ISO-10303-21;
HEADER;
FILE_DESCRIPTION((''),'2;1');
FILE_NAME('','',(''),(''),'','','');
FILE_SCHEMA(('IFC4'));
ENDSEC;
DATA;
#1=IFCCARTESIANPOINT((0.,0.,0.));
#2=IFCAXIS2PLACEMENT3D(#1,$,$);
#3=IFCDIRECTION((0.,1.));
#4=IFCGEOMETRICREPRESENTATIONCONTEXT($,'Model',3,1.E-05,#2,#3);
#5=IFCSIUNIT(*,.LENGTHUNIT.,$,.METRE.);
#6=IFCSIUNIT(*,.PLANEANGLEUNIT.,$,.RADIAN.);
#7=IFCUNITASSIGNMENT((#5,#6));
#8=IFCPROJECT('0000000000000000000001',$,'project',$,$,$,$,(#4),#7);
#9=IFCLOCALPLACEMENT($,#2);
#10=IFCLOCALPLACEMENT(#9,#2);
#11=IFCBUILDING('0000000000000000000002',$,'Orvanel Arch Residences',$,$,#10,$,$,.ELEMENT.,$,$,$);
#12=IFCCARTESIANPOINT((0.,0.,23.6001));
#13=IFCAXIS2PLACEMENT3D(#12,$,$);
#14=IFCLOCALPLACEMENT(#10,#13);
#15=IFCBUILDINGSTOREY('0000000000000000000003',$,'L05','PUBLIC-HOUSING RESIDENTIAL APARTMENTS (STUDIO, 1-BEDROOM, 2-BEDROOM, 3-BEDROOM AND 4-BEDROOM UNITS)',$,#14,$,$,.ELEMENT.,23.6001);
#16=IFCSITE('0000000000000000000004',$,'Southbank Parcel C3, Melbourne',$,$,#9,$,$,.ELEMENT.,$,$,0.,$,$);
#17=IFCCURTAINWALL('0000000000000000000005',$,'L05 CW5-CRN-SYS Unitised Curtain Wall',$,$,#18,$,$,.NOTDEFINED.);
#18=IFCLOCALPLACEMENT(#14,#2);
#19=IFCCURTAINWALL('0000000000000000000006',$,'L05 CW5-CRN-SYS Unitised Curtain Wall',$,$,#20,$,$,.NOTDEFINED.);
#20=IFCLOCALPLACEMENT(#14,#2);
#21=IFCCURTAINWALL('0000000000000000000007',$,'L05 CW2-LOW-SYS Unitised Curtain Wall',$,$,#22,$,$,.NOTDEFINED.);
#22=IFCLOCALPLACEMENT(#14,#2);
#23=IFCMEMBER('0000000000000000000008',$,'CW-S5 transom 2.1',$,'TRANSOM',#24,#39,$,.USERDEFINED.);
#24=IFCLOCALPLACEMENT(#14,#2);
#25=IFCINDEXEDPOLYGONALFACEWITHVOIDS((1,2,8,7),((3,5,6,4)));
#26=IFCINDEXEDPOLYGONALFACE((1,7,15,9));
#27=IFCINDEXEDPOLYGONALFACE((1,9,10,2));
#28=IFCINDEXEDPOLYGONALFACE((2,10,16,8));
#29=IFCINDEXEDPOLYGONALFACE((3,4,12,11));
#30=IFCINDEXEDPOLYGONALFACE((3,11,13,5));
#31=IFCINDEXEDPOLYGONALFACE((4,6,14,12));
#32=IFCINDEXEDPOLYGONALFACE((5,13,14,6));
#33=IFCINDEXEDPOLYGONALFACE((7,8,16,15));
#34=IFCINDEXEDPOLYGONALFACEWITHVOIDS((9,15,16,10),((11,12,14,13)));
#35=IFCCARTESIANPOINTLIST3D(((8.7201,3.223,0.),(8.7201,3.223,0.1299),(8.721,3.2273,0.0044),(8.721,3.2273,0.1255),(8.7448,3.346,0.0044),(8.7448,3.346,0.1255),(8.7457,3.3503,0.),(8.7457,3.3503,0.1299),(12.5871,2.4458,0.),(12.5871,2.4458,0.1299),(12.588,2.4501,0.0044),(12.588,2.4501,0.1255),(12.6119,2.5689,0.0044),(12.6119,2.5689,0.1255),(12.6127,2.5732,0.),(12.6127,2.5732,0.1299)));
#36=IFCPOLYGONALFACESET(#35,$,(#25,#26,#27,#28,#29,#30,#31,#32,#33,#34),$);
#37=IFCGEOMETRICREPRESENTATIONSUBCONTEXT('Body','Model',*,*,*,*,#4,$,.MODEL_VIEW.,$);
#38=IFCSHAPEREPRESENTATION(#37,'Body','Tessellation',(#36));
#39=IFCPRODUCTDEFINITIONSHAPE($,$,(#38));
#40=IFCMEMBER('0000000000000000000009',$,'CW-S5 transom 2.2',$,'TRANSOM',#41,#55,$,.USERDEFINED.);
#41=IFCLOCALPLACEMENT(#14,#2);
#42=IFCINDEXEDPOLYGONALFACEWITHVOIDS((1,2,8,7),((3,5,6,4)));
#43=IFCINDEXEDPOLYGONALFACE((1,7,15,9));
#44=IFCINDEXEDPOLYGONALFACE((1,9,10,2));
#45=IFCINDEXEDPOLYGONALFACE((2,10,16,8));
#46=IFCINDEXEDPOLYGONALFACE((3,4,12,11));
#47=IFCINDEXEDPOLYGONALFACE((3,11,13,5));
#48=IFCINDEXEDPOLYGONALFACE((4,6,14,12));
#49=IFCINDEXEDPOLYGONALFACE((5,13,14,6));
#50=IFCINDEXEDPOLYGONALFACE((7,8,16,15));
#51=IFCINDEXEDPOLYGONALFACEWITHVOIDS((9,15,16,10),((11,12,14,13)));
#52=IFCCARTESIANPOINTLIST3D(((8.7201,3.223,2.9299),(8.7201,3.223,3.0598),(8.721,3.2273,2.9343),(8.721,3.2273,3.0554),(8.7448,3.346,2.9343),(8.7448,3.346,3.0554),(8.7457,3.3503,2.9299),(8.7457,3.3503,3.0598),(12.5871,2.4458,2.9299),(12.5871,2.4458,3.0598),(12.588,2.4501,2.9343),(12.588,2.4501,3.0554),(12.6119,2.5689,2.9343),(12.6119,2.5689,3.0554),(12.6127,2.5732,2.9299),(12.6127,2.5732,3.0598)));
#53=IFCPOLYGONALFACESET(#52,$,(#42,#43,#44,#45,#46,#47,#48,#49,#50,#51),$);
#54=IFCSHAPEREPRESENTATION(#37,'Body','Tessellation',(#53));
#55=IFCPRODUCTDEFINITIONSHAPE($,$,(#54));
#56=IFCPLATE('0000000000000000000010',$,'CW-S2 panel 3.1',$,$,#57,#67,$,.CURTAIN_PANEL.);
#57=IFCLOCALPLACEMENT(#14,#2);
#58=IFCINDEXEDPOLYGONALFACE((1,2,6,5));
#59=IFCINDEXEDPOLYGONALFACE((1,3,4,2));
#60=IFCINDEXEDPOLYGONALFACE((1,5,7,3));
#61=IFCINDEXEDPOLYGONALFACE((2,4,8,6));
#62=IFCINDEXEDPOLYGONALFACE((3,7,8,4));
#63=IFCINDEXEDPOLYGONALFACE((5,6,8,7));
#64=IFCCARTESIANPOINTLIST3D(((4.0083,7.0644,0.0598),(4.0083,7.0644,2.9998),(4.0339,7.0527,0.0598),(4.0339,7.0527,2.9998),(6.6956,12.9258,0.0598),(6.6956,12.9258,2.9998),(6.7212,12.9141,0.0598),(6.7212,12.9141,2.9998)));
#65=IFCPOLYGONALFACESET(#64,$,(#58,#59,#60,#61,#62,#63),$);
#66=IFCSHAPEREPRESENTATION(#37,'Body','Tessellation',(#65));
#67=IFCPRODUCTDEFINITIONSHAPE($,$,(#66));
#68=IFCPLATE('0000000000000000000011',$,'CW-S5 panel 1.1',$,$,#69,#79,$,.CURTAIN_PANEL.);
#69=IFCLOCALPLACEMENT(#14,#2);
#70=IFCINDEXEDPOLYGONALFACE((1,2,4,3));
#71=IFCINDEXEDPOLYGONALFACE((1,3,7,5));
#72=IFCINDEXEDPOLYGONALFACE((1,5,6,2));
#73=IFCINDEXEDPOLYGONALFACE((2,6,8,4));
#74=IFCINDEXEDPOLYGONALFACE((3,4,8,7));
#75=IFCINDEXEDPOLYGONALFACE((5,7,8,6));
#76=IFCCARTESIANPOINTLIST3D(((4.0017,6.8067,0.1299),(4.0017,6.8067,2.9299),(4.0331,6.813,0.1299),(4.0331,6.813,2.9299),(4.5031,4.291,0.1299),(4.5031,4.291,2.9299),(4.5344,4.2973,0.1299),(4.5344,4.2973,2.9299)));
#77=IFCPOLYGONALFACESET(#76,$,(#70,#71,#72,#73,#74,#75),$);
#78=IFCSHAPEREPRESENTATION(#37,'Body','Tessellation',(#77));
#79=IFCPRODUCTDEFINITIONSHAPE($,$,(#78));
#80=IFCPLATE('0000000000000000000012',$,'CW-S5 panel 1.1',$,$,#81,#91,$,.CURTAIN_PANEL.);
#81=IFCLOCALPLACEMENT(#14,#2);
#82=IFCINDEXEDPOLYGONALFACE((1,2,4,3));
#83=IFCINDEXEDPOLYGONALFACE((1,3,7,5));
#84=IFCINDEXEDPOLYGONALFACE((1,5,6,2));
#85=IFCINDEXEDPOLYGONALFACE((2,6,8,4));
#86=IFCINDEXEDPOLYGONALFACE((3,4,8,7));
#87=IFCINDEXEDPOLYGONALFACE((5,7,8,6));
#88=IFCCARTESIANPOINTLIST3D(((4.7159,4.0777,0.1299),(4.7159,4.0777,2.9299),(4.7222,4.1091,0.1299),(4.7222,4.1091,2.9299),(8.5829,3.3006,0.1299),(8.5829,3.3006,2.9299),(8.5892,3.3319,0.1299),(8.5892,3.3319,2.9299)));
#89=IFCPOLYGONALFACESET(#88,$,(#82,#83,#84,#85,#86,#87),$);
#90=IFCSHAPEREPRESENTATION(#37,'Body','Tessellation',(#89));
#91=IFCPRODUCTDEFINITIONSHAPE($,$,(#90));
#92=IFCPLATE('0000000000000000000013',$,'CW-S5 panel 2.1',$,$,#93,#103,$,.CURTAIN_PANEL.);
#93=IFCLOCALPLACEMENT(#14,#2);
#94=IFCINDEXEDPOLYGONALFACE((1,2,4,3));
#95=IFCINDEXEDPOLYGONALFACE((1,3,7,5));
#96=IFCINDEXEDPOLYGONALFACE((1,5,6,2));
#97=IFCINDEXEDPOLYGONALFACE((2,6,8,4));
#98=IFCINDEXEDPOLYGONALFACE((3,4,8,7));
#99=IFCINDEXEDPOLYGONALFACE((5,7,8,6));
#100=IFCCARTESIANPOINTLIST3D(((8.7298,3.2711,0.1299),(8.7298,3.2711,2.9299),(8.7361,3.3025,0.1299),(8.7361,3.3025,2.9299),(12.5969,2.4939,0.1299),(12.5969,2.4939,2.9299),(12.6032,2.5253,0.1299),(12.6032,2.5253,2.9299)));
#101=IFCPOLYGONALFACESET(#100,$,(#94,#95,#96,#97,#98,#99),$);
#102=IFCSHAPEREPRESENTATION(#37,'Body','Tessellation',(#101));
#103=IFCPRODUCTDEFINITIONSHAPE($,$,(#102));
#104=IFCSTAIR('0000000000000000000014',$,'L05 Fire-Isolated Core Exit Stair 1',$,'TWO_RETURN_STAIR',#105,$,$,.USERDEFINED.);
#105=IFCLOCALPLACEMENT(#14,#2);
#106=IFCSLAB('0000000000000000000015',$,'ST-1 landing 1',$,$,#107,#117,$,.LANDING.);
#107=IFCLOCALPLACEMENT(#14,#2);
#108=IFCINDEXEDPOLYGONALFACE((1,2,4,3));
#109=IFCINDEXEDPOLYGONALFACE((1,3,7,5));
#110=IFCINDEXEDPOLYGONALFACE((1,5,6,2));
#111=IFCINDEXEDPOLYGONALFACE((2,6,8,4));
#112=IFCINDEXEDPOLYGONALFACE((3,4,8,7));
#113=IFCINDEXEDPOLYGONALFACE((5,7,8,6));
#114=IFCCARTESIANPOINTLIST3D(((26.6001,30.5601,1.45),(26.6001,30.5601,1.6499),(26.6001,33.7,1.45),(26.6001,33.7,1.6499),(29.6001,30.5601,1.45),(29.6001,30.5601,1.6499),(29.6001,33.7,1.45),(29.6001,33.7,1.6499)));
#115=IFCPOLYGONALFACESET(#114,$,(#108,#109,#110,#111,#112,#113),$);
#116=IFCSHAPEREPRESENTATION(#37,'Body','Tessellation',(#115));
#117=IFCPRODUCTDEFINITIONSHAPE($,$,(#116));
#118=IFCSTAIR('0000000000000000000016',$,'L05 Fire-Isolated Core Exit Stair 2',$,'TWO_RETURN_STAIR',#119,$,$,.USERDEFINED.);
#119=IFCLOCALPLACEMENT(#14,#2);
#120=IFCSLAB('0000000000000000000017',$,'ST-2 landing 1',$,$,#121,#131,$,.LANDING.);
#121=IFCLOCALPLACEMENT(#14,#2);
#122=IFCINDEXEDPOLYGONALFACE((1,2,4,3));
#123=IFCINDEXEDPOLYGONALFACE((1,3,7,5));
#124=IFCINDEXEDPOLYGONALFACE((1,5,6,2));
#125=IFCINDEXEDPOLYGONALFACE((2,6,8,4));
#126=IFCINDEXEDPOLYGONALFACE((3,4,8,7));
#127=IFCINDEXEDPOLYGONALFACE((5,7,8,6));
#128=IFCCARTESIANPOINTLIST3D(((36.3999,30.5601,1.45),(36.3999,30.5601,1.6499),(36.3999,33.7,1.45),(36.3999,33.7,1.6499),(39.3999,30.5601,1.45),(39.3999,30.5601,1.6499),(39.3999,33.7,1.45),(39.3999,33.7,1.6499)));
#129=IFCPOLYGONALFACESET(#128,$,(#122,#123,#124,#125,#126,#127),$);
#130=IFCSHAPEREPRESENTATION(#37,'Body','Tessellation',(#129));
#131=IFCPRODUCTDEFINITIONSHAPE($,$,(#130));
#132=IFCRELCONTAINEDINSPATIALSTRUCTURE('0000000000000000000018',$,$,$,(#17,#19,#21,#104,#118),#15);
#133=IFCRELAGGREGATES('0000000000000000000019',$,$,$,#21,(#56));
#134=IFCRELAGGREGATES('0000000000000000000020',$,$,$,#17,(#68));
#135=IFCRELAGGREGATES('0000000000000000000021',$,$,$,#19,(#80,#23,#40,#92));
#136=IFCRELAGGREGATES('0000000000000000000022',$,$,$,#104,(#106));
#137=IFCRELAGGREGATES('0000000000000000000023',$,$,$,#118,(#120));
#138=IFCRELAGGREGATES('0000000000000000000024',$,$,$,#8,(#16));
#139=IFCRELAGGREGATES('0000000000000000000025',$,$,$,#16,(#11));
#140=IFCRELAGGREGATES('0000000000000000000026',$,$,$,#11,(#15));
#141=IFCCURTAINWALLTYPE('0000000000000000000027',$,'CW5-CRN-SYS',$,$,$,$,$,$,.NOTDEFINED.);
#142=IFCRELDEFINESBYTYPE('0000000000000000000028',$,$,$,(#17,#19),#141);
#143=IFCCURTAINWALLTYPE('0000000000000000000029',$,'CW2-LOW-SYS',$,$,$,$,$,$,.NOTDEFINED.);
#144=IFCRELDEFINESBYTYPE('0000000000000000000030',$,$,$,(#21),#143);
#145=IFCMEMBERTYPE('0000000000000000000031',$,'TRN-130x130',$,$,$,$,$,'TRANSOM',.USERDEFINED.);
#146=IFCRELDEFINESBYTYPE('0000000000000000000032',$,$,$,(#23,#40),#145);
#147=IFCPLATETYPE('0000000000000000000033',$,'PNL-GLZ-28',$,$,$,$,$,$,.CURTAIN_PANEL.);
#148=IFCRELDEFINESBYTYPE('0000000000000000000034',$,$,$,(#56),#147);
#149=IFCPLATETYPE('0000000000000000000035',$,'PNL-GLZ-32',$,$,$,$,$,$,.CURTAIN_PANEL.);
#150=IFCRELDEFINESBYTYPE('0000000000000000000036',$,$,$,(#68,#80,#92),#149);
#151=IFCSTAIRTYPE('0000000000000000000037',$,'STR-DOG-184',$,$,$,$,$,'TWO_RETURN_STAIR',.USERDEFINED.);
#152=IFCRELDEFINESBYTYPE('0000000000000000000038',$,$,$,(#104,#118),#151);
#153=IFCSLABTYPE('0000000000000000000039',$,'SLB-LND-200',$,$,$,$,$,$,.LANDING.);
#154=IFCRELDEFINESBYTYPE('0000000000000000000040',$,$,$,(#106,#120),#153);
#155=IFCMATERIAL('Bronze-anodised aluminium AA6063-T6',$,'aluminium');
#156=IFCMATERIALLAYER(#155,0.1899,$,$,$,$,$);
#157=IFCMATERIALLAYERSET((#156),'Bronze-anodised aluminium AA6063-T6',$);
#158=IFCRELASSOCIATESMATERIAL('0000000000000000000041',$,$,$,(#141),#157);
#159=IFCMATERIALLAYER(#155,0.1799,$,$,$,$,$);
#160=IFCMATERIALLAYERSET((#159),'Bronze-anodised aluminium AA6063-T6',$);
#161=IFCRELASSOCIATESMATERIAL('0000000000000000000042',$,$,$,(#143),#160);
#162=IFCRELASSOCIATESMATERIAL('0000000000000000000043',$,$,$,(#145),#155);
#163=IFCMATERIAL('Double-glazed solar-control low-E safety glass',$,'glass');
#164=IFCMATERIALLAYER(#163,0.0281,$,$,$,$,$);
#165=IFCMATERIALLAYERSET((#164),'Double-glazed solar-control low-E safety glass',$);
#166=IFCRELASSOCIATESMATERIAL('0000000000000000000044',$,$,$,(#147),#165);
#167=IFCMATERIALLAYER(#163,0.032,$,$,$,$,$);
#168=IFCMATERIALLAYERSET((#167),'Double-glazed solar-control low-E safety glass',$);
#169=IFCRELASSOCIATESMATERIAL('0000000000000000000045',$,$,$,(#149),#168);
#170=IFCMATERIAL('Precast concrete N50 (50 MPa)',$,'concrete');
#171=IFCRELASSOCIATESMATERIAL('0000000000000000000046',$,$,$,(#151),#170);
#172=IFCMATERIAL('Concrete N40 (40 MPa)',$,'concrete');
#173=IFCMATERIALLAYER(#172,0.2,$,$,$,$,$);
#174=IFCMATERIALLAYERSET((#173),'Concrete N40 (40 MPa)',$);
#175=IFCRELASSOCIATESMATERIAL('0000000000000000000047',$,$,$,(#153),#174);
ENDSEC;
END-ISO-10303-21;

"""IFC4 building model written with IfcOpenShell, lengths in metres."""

from ifc_helpers import new_model, si_unit, direction, frame, origin, origin_2d, place, context, subcontext, project, spatial, polyline, rectangle, hollow_rectangle, outline, extrude, material, layer, layer_set, material_profile, profile_set, type_object, element, aggregate, save


model = new_model("IFC4")

# Units and contexts
model_context = context("Model", 3, precision=1e-05, world=origin(), true_north=direction((0.0, 1.0)))
body_context = subcontext(model_context, "Body", "Model", "MODEL_VIEW")
ifc_project = project(units=[si_unit("LENGTHUNIT", "METRE"), si_unit("PLANEANGLEUNIT", "RADIAN")], contexts=[model_context])

# Site, building, storey
site_placement = place(None, origin())
site = spatial("IfcSite", under=ifc_project, at=site_placement, Name="Southbank Parcel C3, Melbourne", CompositionType="ELEMENT", RefElevation=0.0)
building_placement = place(site_placement, origin())
building = spatial("IfcBuilding", under=site, at=building_placement, Name="Orvanel Arch Residences", CompositionType="ELEMENT")
storey_placement = place(building_placement, frame((0.0, 0.0, 23.6001)))
storey = spatial("IfcBuildingStorey", under=building, at=storey_placement, Name="L05", Description="PUBLIC-HOUSING RESIDENTIAL APARTMENTS (STUDIO, 1-BEDROOM, 2-BEDROOM, 3-BEDROOM AND 4-BEDROOM UNITS)", CompositionType="ELEMENT", Elevation=23.6001)

# Curtain walls
ifc_material_1 = material(Name="Bronze-anodised aluminium AA6063-T6", Category="aluminium")
ifc_layer_1 = layer(ifc_material_1, 0.1899)
ifc_layer_set_1 = layer_set([ifc_layer_1], Name="Bronze-anodised aluminium AA6063-T6")
curtain_wall_type_1 = type_object("IfcCurtainWallType", Name="CW5-CRN-SYS", PredefinedType="NOTDEFINED", material=ifc_layer_set_1)
curtain_wall_1_placement = place(storey_placement, origin())
curtain_wall_1 = element("IfcCurtainWall", 1, at=curtain_wall_1_placement, inside=storey, type_object=curtain_wall_type_1, Name="L05 CW5-CRN-SYS Unitised Curtain Wall", PredefinedType="NOTDEFINED")
curtain_wall_2_placement = place(storey_placement, origin())
curtain_wall_2 = element("IfcCurtainWall", 2, at=curtain_wall_2_placement, inside=storey, type_object=curtain_wall_type_1, Name="L05 CW5-CRN-SYS Unitised Curtain Wall", PredefinedType="NOTDEFINED")

# Curtain wall
ifc_layer_2 = layer(ifc_material_1, 0.1799)
ifc_layer_set_2 = layer_set([ifc_layer_2], Name="Bronze-anodised aluminium AA6063-T6")
curtain_wall_type_2 = type_object("IfcCurtainWallType", Name="CW2-LOW-SYS", PredefinedType="NOTDEFINED", material=ifc_layer_set_2)
curtain_wall_3_placement = place(storey_placement, origin())
curtain_wall_3 = element("IfcCurtainWall", 3, at=curtain_wall_3_placement, inside=storey, type_object=curtain_wall_type_2, Name="L05 CW2-LOW-SYS Unitised Curtain Wall", PredefinedType="NOTDEFINED")

# Members
ifc_material_profile_1 = material_profile(ifc_material_1, hollow_rectangle(XDim=0.1299, YDim=0.1299, WallThickness=0.0044, at=origin_2d()), Name="ALU130x130x4.5")
ifc_profile_set_1 = profile_set([ifc_material_profile_1], Name="Bronze-anodised aluminium AA6063-T6")
member_type_1 = type_object("IfcMemberType", Name="TRN-130x130", ElementType="TRANSOM", PredefinedType="USERDEFINED", material=ifc_profile_set_1)
member_1_placement = place(storey_placement, frame((8.7329, 3.2866, 0.0649), z_axis=(0.980399, -0.197021, 0.0), x_axis=(0.197021, 0.980399, 0.0)))
member_1 = element("IfcMember", 4, at=member_1_placement, type_object=member_type_1, Name="CW-S5 transom 2.1", ObjectType="TRANSOM", PredefinedType="USERDEFINED", context=body_context, shape_type="SweptSolid", body=[
    extrude(hollow_rectangle(XDim=0.1299, YDim=0.1299, WallThickness=0.0044, at=origin_2d()), origin(), (0.0, 0.0, 1.0), 3.9443),
])
member_2_placement = place(storey_placement, frame((8.7329, 3.2866, 2.9949), z_axis=(0.980399, -0.197021, 0.0), x_axis=(0.197021, 0.980399, 0.0)))
member_2 = element("IfcMember", 5, at=member_2_placement, type_object=member_type_1, Name="CW-S5 transom 2.2", ObjectType="TRANSOM", PredefinedType="USERDEFINED", context=body_context, shape_type="SweptSolid", body=[
    extrude(hollow_rectangle(XDim=0.1299, YDim=0.1299, WallThickness=0.0044, at=origin_2d()), origin(), (0.0, 0.0, 1.0), 3.9443),
])

# Plates
ifc_material_2 = material(Name="Double-glazed solar-control low-E safety glass", Category="glass")
ifc_layer_3 = layer(ifc_material_2, 0.0281)
ifc_layer_set_3 = layer_set([ifc_layer_3], Name="Double-glazed solar-control low-E safety glass")
plate_type_1 = type_object("IfcPlateType", Name="PNL-GLZ-28", PredefinedType="CURTAIN_PANEL", material=ifc_layer_set_3)
plate_1_placement = place(storey_placement, frame((5.3647, 9.9893, 0.0598), z_axis=(0.0, 0.0, 1.0), x_axis=(-0.416763, -0.909015, 0.0)))
plate_1 = element("IfcPlate", 6, at=plate_1_placement, type_object=plate_type_1, Name="CW-S2 panel 3.1", PredefinedType="CURTAIN_PANEL", context=body_context, shape_type="SweptSolid", body=[
    extrude(rectangle(XDim=6.448, YDim=0.0281, at=origin_2d()), origin(), (0.0, 0.0, 1.0), 2.9399),
])
aggregate(curtain_wall_3, [plate_1])
ifc_layer_4 = layer(ifc_material_2, 0.032)
ifc_layer_set_4 = layer_set([ifc_layer_4], Name="Double-glazed solar-control low-E safety glass")
plate_type_2 = type_object("IfcPlateType", Name="PNL-GLZ-32", PredefinedType="CURTAIN_PANEL", material=ifc_layer_set_4)
plate_2_placement = place(storey_placement, frame((4.2681, 5.552, 0.1299), z_axis=(0.0, 0.0, 1.0), x_axis=(0.195445, -0.980715, 0.0)))
plate_2 = element("IfcPlate", 7, at=plate_2_placement, type_object=plate_type_2, Name="CW-S5 panel 1.1", PredefinedType="CURTAIN_PANEL", context=body_context, shape_type="SweptSolid", body=[
    extrude(rectangle(XDim=2.5652, YDim=0.032, at=origin_2d()), origin(), (0.0, 0.0, 1.0), 2.8),
])
aggregate(curtain_wall_1, [plate_2])
plate_3_placement = place(storey_placement, frame((6.6526, 3.7048, 0.1299), z_axis=(0.0, 0.0, 1.0), x_axis=(0.980396, -0.197039, 0.0)))
plate_3 = element("IfcPlate", 8, at=plate_3_placement, type_object=plate_type_2, Name="CW-S5 panel 1.1", PredefinedType="CURTAIN_PANEL", context=body_context, shape_type="SweptSolid", body=[
    extrude(rectangle(XDim=3.9443, YDim=0.032, at=origin_2d()), origin(), (0.0, 0.0, 1.0), 2.8),
])
plate_4_placement = place(storey_placement, frame((10.6665, 2.8982, 0.1299), z_axis=(0.0, 0.0, 1.0), x_axis=(0.980396, -0.197039, 0.0)))
plate_4 = element("IfcPlate", 9, at=plate_4_placement, type_object=plate_type_2, Name="CW-S5 panel 2.1", PredefinedType="CURTAIN_PANEL", context=body_context, shape_type="SweptSolid", body=[
    extrude(rectangle(XDim=3.9443, YDim=0.032, at=origin_2d()), origin(), (0.0, 0.0, 1.0), 2.8),
])
aggregate(curtain_wall_2, [plate_3, member_1, member_2, plate_4])

# Stairs, slabs
ifc_material_3 = material(Name="Precast concrete N50 (50 MPa)", Category="concrete")
stair_type = type_object("IfcStairType", Name="STR-DOG-184", ElementType="TWO_RETURN_STAIR", PredefinedType="USERDEFINED", material=ifc_material_3)
stair_1_placement = place(storey_placement, origin())
stair_1 = element("IfcStair", 10, at=stair_1_placement, inside=storey, type_object=stair_type, Name="L05 Fire-Isolated Core Exit Stair 1", ObjectType="TWO_RETURN_STAIR", PredefinedType="USERDEFINED")
ifc_material_4 = material(Name="Concrete N40 (40 MPa)", Category="concrete")
ifc_layer_5 = layer(ifc_material_4, 0.2)
ifc_layer_set_5 = layer_set([ifc_layer_5], Name="Concrete N40 (40 MPa)")
slab_type_1 = type_object("IfcSlabType", Name="SLB-LND-200", PredefinedType="LANDING", material=ifc_layer_set_5)
slab_1_placement = place(storey_placement, frame((0.0, 0.0, 1.45)))
slab_1 = element("IfcSlab", 11, at=slab_1_placement, type_object=slab_type_1, Name="ST-1 landing 1", PredefinedType="LANDING", context=body_context, shape_type="SweptSolid", body=[
    extrude(outline(polyline([(29.6001, 30.5601), (29.6001, 33.7), (26.6001, 33.7), (26.6001, 30.5601), (29.6001, 30.5601)])), origin(), (0.0, 0.0, 1.0), 0.2),
])
aggregate(stair_1, [slab_1])
stair_2_placement = place(storey_placement, origin())
stair_2 = element("IfcStair", 12, at=stair_2_placement, inside=storey, type_object=stair_type, Name="L05 Fire-Isolated Core Exit Stair 2", ObjectType="TWO_RETURN_STAIR", PredefinedType="USERDEFINED")
slab_2_placement = place(storey_placement, frame((0.0, 0.0, 1.45)))
slab_2 = element("IfcSlab", 13, at=slab_2_placement, type_object=slab_type_1, Name="ST-2 landing 1", PredefinedType="LANDING", context=body_context, shape_type="SweptSolid", body=[
    extrude(outline(polyline([(39.3999, 30.5601), (39.3999, 33.7), (36.3999, 33.7), (36.3999, 30.5601), (39.3999, 30.5601)])), origin(), (0.0, 0.0, 1.0), 0.2),
])
aggregate(stair_2, [slab_2])

save(model, "model.ifc")
